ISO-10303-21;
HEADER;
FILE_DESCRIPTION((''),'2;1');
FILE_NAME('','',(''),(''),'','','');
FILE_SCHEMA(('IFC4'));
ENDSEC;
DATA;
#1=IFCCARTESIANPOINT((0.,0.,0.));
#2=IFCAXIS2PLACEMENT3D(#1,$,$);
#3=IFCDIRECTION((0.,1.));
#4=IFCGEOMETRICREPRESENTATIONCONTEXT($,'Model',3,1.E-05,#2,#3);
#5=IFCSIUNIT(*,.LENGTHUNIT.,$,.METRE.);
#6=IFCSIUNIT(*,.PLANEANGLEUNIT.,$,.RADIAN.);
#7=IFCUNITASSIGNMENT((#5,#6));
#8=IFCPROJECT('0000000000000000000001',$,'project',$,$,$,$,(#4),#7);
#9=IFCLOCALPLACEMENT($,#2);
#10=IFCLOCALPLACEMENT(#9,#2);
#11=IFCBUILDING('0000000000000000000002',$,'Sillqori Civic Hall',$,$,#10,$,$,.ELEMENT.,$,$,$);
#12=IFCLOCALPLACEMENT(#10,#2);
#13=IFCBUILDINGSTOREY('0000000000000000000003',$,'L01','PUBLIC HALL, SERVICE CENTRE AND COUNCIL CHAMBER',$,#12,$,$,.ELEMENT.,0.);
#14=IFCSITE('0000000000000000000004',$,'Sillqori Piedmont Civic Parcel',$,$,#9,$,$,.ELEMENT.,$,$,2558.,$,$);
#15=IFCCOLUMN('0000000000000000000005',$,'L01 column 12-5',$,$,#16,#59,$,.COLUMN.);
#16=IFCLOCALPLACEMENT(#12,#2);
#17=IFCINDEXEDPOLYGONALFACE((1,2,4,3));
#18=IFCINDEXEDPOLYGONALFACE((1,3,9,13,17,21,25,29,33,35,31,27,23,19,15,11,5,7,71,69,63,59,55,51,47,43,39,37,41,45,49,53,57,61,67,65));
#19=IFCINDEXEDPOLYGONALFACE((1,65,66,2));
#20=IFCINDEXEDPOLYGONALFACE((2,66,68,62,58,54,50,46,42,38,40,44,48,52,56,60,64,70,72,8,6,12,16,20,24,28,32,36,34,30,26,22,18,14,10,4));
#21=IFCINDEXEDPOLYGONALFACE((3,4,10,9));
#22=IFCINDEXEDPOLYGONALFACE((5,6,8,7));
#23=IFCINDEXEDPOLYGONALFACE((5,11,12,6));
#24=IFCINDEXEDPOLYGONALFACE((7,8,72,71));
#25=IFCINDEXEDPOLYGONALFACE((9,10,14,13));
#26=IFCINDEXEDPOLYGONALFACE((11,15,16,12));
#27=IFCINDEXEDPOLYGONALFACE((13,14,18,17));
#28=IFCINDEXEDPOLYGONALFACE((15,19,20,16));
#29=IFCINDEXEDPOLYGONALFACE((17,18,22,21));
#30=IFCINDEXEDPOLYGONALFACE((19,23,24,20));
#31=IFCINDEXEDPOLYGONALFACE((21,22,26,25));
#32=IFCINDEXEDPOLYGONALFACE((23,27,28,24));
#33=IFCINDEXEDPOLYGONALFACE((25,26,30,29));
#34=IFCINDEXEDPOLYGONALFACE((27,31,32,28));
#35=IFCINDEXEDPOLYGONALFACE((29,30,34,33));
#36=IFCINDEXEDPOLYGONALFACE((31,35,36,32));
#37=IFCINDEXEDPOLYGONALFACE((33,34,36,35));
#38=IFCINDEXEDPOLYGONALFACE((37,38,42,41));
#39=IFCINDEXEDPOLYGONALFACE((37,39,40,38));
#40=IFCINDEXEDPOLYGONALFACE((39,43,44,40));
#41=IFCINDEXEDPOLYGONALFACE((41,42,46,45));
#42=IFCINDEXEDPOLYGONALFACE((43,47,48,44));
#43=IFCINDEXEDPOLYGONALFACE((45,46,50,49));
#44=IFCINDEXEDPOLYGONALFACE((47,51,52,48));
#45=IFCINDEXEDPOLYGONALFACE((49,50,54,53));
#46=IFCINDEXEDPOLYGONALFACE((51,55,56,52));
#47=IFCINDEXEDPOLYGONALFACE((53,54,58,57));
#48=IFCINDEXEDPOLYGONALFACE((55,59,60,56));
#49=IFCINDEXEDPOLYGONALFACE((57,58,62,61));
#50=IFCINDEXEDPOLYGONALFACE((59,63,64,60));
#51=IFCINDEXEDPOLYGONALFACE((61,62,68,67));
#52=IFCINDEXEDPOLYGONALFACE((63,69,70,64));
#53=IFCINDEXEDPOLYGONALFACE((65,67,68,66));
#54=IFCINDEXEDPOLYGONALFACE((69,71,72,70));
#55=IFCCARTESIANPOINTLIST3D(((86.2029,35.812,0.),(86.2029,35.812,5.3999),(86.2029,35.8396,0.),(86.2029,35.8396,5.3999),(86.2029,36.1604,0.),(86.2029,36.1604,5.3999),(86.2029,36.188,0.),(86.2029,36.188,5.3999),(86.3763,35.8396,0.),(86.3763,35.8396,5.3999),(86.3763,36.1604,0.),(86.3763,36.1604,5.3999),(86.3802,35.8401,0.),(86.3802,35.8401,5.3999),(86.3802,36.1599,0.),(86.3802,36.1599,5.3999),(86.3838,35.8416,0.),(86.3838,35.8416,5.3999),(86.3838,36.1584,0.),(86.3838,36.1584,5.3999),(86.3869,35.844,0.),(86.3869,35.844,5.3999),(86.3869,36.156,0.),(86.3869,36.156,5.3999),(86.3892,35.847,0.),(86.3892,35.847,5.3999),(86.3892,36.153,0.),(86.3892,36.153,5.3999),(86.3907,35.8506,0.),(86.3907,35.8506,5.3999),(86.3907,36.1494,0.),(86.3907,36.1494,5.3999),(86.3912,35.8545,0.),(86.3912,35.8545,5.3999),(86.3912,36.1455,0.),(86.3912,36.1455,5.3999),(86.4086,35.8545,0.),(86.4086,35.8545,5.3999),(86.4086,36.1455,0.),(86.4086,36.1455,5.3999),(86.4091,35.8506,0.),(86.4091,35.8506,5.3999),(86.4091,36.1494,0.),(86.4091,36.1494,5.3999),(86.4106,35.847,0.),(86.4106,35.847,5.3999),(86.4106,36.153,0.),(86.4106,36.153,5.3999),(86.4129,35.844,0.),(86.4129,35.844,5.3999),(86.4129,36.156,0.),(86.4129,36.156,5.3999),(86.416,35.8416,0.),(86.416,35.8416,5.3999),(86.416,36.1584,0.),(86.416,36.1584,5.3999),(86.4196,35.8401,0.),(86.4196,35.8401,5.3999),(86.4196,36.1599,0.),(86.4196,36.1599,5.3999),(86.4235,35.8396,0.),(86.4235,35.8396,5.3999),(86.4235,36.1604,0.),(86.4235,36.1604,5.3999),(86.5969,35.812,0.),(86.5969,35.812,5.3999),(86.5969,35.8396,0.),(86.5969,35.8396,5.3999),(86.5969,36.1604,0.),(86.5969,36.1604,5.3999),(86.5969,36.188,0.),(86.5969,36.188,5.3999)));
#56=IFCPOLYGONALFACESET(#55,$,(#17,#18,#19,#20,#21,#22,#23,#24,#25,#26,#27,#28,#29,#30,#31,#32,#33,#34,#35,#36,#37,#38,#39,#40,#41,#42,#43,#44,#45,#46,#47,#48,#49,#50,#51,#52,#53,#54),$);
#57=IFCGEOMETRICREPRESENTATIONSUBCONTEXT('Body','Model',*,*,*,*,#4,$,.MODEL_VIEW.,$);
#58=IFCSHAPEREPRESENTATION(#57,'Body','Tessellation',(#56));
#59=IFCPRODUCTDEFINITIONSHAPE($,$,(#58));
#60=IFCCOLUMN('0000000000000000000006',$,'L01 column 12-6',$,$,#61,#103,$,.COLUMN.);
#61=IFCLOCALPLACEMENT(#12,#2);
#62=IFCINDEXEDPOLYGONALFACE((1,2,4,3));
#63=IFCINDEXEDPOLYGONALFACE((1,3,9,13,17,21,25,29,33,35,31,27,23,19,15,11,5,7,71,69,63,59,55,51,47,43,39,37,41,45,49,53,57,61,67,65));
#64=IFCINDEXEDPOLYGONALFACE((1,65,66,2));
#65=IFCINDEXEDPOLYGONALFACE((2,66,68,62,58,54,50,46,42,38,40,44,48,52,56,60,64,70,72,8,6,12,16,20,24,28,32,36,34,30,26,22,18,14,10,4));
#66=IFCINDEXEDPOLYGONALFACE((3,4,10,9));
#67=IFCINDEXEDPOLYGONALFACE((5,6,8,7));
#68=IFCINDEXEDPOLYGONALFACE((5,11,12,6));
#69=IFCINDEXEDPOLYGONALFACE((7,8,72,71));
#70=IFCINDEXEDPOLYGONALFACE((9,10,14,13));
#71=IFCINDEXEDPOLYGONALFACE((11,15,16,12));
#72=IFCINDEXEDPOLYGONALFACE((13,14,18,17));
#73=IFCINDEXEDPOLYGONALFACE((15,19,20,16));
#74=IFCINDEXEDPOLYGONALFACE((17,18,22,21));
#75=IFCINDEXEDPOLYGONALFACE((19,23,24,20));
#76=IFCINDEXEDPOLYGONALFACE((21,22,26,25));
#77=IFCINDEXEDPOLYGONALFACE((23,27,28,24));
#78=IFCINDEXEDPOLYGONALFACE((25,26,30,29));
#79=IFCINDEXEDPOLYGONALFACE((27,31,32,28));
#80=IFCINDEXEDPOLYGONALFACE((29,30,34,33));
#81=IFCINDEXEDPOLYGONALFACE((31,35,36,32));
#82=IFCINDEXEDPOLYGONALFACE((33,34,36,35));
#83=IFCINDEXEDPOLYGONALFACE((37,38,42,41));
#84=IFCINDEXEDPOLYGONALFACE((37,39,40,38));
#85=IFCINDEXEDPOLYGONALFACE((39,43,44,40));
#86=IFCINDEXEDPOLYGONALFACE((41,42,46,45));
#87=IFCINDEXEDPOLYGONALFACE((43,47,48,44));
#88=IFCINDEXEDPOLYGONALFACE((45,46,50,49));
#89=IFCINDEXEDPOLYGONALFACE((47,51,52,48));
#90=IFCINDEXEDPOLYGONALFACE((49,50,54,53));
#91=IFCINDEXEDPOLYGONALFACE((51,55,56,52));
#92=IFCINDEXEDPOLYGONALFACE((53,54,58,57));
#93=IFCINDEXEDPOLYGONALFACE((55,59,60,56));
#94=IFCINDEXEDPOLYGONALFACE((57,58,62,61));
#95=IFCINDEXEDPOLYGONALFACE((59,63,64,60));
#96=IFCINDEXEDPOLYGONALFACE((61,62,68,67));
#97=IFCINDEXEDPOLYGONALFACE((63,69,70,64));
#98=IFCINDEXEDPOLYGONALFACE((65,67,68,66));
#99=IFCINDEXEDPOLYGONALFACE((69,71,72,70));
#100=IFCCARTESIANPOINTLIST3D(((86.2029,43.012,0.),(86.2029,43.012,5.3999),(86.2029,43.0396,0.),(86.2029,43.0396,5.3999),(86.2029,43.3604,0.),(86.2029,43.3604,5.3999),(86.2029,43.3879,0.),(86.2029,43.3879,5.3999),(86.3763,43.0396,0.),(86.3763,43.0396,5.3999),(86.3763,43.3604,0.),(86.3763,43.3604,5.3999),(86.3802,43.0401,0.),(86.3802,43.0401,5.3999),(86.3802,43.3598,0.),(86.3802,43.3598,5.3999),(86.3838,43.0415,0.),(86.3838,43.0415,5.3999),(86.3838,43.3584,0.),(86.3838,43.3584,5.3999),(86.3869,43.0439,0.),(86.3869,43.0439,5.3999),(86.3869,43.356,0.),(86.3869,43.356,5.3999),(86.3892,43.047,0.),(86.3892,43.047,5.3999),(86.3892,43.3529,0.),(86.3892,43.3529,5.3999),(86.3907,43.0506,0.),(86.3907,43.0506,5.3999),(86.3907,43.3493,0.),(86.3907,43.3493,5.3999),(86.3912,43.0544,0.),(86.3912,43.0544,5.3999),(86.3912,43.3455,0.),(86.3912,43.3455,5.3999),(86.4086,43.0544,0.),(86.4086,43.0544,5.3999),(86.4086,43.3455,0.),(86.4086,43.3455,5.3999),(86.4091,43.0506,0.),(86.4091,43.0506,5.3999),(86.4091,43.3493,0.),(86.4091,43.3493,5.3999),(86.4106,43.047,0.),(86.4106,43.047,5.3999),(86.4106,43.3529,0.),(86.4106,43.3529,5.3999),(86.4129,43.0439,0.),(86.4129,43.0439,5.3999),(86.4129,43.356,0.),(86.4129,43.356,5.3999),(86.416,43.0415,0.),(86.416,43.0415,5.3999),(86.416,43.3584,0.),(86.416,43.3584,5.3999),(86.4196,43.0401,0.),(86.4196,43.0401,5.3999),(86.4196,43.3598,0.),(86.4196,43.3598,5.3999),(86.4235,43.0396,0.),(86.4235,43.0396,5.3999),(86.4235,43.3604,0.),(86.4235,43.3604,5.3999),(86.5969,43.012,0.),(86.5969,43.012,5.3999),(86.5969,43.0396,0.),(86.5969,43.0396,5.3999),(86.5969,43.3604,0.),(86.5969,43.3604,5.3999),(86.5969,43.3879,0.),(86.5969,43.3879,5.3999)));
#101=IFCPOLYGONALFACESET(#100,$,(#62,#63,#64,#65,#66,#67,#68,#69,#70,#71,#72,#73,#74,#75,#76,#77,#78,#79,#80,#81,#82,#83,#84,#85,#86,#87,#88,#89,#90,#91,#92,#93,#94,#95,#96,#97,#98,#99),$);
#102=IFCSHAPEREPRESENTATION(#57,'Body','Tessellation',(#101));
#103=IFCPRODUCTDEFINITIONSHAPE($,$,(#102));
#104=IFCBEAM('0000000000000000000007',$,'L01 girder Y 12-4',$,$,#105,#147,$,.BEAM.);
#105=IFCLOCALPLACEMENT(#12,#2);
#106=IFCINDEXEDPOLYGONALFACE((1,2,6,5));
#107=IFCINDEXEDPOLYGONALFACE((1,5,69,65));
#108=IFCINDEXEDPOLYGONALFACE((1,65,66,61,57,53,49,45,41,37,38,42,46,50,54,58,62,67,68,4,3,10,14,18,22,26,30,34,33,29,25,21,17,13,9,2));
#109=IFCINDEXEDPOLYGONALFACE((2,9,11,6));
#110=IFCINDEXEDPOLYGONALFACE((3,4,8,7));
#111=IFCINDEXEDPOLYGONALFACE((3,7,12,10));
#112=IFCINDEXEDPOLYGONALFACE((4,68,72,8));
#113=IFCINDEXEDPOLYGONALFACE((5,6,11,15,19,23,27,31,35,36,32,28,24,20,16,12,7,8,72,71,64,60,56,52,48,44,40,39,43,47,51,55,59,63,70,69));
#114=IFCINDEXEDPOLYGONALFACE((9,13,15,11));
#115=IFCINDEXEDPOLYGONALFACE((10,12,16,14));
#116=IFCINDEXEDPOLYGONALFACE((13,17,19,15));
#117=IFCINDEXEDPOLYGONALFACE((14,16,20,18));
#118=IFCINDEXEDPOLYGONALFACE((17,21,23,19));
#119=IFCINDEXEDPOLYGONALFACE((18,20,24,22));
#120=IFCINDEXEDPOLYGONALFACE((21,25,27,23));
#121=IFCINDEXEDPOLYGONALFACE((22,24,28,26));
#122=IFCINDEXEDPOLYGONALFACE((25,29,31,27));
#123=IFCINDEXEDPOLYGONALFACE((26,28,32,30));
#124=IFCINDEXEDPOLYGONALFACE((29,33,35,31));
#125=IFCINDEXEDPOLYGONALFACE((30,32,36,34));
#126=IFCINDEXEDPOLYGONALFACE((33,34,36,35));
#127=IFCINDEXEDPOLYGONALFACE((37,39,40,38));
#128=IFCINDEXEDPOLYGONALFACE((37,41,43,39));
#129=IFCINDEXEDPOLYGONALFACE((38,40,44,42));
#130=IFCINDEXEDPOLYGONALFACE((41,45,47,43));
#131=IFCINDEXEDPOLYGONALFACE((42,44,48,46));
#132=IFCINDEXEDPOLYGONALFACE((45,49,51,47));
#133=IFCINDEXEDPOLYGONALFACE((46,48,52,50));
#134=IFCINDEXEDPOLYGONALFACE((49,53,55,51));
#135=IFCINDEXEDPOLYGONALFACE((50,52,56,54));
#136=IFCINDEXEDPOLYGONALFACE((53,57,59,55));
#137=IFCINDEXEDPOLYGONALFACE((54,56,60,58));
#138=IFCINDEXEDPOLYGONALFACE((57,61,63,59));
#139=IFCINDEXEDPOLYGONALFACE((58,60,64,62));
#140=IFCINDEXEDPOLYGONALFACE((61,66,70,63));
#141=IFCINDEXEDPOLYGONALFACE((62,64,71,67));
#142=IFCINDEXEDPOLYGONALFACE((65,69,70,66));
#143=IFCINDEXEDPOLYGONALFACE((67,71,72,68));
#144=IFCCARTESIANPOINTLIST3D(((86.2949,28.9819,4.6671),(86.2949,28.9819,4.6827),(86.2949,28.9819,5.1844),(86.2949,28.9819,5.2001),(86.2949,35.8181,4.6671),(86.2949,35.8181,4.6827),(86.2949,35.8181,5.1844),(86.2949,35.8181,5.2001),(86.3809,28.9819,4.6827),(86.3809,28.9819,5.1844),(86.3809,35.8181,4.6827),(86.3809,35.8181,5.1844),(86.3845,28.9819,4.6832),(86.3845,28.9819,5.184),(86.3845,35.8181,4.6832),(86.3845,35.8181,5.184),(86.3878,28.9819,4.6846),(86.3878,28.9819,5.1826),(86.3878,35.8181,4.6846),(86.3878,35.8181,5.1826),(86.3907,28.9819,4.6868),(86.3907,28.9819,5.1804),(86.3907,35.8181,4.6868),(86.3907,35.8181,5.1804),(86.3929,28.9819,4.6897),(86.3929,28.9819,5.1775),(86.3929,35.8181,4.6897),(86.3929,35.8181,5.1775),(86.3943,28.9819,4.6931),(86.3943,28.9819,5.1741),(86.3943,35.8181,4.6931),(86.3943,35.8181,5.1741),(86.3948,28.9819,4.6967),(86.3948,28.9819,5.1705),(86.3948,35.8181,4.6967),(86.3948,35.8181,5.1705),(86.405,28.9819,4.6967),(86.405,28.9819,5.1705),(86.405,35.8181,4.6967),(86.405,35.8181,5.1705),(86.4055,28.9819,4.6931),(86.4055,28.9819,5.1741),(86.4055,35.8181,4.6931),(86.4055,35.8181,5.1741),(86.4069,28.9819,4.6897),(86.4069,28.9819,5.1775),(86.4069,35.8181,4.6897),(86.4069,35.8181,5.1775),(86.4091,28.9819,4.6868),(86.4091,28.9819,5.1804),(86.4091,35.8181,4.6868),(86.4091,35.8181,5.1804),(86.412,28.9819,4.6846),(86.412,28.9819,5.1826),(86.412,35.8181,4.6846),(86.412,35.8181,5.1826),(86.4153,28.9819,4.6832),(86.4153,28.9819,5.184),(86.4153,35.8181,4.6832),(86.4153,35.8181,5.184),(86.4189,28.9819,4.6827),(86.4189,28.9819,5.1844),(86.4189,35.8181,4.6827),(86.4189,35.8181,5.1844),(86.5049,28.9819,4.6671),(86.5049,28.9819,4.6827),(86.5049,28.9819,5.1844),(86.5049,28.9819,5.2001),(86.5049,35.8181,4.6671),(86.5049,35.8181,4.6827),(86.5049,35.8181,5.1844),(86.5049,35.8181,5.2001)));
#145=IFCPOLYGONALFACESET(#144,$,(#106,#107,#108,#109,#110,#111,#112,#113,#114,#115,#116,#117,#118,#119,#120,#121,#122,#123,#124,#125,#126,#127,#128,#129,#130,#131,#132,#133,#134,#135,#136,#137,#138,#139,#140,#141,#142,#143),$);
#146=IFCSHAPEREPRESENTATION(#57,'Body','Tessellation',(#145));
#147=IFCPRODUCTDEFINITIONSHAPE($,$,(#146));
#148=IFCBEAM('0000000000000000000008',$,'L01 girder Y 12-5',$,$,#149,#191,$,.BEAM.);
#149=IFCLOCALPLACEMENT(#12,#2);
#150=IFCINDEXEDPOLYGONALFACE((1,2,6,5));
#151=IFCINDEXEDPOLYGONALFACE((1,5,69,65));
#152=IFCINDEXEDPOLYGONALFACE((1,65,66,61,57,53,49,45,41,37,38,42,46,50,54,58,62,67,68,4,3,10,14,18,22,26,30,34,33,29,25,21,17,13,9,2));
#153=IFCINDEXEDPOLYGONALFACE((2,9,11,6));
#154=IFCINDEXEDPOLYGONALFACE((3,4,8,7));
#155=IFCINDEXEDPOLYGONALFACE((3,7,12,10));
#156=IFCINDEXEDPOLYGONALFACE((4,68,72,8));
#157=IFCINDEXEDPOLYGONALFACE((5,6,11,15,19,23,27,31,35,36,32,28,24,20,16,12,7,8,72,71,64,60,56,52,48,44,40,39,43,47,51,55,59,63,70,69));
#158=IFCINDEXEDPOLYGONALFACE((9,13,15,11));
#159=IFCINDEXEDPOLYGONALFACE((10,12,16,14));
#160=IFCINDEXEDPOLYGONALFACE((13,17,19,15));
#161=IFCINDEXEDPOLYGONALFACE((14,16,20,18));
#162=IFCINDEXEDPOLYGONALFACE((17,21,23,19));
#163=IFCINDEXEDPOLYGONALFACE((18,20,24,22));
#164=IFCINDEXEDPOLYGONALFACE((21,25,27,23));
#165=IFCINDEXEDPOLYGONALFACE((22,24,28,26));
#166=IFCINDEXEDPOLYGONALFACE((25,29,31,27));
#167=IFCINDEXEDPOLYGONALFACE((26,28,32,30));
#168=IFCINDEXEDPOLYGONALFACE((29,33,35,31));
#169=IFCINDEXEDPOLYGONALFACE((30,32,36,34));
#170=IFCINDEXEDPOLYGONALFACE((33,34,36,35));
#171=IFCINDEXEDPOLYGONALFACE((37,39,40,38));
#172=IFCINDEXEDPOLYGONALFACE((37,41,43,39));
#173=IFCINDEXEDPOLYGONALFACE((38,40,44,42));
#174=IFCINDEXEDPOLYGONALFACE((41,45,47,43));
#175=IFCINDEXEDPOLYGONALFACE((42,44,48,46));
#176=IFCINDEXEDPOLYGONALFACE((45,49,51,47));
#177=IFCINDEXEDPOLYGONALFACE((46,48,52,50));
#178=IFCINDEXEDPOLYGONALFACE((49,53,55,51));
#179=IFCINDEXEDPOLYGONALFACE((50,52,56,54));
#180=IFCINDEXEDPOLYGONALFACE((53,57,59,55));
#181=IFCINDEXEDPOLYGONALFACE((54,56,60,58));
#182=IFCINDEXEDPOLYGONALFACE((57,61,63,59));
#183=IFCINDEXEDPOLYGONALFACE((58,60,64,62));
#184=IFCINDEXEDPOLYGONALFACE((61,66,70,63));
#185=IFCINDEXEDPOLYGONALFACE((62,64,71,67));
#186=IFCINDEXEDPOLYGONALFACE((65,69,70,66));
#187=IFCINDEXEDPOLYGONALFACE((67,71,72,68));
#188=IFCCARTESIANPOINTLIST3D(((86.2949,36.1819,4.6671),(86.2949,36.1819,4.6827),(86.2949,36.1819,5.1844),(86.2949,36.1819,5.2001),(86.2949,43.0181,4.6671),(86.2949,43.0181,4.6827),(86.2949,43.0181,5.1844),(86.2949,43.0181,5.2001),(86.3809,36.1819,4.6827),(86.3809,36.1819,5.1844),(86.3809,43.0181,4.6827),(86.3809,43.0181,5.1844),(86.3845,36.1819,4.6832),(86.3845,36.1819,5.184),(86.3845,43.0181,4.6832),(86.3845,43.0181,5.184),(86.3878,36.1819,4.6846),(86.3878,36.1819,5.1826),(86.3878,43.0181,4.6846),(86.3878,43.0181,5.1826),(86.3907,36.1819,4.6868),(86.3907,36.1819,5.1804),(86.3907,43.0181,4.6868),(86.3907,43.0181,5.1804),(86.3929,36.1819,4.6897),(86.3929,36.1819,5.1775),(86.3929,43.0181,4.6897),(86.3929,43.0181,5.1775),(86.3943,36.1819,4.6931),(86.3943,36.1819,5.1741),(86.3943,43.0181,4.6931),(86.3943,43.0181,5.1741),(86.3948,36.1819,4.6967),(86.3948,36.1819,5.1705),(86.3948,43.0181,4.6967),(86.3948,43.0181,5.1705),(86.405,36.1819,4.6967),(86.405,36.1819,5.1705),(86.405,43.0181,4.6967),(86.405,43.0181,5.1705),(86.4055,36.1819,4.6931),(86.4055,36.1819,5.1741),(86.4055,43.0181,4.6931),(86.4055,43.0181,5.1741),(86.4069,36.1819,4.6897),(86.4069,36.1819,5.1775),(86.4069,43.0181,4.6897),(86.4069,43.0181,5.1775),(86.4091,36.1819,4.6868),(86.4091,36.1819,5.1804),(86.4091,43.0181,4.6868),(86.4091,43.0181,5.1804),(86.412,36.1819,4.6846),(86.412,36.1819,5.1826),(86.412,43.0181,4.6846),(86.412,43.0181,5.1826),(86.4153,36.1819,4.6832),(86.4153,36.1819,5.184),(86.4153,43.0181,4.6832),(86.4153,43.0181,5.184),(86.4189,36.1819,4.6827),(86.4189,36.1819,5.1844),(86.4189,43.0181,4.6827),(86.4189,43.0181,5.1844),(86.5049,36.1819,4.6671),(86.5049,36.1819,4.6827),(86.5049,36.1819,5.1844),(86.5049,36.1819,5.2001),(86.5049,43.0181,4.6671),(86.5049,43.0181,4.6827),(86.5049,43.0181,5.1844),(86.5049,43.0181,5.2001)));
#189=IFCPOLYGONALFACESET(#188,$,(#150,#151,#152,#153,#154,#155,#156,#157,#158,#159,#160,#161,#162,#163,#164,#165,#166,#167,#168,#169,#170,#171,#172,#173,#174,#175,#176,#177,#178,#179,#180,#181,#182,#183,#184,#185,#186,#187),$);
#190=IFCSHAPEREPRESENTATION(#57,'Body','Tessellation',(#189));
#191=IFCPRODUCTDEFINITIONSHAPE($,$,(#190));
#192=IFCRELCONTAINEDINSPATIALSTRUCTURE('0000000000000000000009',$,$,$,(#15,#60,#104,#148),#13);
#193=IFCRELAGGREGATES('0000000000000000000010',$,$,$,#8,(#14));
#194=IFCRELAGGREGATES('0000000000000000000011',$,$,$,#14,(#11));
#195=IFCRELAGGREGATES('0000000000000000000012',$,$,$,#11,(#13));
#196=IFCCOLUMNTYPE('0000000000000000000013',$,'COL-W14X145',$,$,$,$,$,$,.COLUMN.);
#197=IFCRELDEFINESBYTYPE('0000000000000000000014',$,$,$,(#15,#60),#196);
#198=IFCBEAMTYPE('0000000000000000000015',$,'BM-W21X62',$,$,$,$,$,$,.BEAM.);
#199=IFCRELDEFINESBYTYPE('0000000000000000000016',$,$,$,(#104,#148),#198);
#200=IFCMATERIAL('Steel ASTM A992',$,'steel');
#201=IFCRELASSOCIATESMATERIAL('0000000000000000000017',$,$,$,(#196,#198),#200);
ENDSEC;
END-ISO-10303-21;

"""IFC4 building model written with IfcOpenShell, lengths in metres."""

from ifc_helpers import new_model, si_unit, direction, frame, origin, origin_2d, place, context, subcontext, project, spatial, i_section, extrude, material, material_profile, profile_set, type_object, element, save


model = new_model("IFC4")

# Units and contexts
model_context = context("Model", 3, precision=1e-05, world=origin(), true_north=direction((0.0, 1.0)))
body_context = subcontext(model_context, "Body", "Model", "MODEL_VIEW")
ifc_project = project(units=[si_unit("LENGTHUNIT", "METRE"), si_unit("PLANEANGLEUNIT", "RADIAN")], contexts=[model_context])

# Site, building, storey
site_placement = place(None, origin())
site = spatial("IfcSite", under=ifc_project, at=site_placement, Name="Sillqori Piedmont Civic Parcel", CompositionType="ELEMENT", RefElevation=2558.0)
building_placement = place(site_placement, origin())
building = spatial("IfcBuilding", under=site, at=building_placement, Name="Sillqori Civic Hall", CompositionType="ELEMENT")
storey_placement = place(building_placement, origin())
storey = spatial("IfcBuildingStorey", under=building, at=storey_placement, Name="L01", Description="PUBLIC HALL, SERVICE CENTRE AND COUNCIL CHAMBER", CompositionType="ELEMENT", Elevation=0.0)

# Columns
ifc_material_1 = material(Name="Steel ASTM A992", Category="steel")
ifc_material_profile_1 = material_profile(ifc_material_1, i_section(OverallWidth=0.394, OverallDepth=0.376, WebThickness=0.0173, FlangeThickness=0.0276, FilletRadius=0.0149, at=origin_2d()), Name="W14X145")
ifc_profile_set_1 = profile_set([ifc_material_profile_1], Name="Steel ASTM A992")
column_type = type_object("IfcColumnType", Name="COL-W14X145", PredefinedType="COLUMN", material=ifc_profile_set_1)
for number, where, z_axis, x_axis, name in (
    (1, (86.3999, 36.0, 0.0), (0.0, 0.0, 1.0), (1.0, 0.0, 0.0), "L01 column 12-5"),
    (2, (86.3999, 43.2, 0.0), (0.0, 0.0, 1.0), (1.0, 0.0, 0.0), "L01 column 12-6"),
):
    element("IfcColumn", number, at=place(storey_placement, frame(where, z_axis=z_axis, x_axis=x_axis)), inside=storey, type_object=column_type, Name=name, PredefinedType="COLUMN", context=body_context, shape_type="SweptSolid", body=[
        extrude(i_section(OverallWidth=0.394, OverallDepth=0.376, WebThickness=0.0173, FlangeThickness=0.0276, FilletRadius=0.0149, at=origin_2d()), origin(), (0.0, 0.0, 1.0), 5.3999),
    ])

# Beams
ifc_material_profile_2 = material_profile(ifc_material_1, i_section(OverallWidth=0.21, OverallDepth=0.533, WebThickness=0.0103, FlangeThickness=0.0156, FilletRadius=0.0139, at=origin_2d()), Name="W21X62")
ifc_profile_set_2 = profile_set([ifc_material_profile_2], Name="Steel ASTM A992")
beam_type_1 = type_object("IfcBeamType", Name="BM-W21X62", PredefinedType="BEAM", material=ifc_profile_set_2)
for number, where, z_axis, x_axis, name in (
    (3, (86.3999, 28.9819, 4.9336), (0.0, 1.0, 0.0), (-1.0, 0.0, 0.0), "L01 girder Y 12-4"),
    (4, (86.3999, 36.1819, 4.9336), (0.0, 1.0, 0.0), (-1.0, 0.0, 0.0), "L01 girder Y 12-5"),
):
    element("IfcBeam", number, at=place(storey_placement, frame(where, z_axis=z_axis, x_axis=x_axis)), inside=storey, type_object=beam_type_1, Name=name, PredefinedType="BEAM", context=body_context, shape_type="SweptSolid", body=[
        extrude(i_section(OverallWidth=0.21, OverallDepth=0.533, WebThickness=0.0103, FlangeThickness=0.0156, FilletRadius=0.0139, at=origin_2d()), origin(), (0.0, 0.0, 1.0), 6.8362),
    ])

save(model, "model.ifc")
